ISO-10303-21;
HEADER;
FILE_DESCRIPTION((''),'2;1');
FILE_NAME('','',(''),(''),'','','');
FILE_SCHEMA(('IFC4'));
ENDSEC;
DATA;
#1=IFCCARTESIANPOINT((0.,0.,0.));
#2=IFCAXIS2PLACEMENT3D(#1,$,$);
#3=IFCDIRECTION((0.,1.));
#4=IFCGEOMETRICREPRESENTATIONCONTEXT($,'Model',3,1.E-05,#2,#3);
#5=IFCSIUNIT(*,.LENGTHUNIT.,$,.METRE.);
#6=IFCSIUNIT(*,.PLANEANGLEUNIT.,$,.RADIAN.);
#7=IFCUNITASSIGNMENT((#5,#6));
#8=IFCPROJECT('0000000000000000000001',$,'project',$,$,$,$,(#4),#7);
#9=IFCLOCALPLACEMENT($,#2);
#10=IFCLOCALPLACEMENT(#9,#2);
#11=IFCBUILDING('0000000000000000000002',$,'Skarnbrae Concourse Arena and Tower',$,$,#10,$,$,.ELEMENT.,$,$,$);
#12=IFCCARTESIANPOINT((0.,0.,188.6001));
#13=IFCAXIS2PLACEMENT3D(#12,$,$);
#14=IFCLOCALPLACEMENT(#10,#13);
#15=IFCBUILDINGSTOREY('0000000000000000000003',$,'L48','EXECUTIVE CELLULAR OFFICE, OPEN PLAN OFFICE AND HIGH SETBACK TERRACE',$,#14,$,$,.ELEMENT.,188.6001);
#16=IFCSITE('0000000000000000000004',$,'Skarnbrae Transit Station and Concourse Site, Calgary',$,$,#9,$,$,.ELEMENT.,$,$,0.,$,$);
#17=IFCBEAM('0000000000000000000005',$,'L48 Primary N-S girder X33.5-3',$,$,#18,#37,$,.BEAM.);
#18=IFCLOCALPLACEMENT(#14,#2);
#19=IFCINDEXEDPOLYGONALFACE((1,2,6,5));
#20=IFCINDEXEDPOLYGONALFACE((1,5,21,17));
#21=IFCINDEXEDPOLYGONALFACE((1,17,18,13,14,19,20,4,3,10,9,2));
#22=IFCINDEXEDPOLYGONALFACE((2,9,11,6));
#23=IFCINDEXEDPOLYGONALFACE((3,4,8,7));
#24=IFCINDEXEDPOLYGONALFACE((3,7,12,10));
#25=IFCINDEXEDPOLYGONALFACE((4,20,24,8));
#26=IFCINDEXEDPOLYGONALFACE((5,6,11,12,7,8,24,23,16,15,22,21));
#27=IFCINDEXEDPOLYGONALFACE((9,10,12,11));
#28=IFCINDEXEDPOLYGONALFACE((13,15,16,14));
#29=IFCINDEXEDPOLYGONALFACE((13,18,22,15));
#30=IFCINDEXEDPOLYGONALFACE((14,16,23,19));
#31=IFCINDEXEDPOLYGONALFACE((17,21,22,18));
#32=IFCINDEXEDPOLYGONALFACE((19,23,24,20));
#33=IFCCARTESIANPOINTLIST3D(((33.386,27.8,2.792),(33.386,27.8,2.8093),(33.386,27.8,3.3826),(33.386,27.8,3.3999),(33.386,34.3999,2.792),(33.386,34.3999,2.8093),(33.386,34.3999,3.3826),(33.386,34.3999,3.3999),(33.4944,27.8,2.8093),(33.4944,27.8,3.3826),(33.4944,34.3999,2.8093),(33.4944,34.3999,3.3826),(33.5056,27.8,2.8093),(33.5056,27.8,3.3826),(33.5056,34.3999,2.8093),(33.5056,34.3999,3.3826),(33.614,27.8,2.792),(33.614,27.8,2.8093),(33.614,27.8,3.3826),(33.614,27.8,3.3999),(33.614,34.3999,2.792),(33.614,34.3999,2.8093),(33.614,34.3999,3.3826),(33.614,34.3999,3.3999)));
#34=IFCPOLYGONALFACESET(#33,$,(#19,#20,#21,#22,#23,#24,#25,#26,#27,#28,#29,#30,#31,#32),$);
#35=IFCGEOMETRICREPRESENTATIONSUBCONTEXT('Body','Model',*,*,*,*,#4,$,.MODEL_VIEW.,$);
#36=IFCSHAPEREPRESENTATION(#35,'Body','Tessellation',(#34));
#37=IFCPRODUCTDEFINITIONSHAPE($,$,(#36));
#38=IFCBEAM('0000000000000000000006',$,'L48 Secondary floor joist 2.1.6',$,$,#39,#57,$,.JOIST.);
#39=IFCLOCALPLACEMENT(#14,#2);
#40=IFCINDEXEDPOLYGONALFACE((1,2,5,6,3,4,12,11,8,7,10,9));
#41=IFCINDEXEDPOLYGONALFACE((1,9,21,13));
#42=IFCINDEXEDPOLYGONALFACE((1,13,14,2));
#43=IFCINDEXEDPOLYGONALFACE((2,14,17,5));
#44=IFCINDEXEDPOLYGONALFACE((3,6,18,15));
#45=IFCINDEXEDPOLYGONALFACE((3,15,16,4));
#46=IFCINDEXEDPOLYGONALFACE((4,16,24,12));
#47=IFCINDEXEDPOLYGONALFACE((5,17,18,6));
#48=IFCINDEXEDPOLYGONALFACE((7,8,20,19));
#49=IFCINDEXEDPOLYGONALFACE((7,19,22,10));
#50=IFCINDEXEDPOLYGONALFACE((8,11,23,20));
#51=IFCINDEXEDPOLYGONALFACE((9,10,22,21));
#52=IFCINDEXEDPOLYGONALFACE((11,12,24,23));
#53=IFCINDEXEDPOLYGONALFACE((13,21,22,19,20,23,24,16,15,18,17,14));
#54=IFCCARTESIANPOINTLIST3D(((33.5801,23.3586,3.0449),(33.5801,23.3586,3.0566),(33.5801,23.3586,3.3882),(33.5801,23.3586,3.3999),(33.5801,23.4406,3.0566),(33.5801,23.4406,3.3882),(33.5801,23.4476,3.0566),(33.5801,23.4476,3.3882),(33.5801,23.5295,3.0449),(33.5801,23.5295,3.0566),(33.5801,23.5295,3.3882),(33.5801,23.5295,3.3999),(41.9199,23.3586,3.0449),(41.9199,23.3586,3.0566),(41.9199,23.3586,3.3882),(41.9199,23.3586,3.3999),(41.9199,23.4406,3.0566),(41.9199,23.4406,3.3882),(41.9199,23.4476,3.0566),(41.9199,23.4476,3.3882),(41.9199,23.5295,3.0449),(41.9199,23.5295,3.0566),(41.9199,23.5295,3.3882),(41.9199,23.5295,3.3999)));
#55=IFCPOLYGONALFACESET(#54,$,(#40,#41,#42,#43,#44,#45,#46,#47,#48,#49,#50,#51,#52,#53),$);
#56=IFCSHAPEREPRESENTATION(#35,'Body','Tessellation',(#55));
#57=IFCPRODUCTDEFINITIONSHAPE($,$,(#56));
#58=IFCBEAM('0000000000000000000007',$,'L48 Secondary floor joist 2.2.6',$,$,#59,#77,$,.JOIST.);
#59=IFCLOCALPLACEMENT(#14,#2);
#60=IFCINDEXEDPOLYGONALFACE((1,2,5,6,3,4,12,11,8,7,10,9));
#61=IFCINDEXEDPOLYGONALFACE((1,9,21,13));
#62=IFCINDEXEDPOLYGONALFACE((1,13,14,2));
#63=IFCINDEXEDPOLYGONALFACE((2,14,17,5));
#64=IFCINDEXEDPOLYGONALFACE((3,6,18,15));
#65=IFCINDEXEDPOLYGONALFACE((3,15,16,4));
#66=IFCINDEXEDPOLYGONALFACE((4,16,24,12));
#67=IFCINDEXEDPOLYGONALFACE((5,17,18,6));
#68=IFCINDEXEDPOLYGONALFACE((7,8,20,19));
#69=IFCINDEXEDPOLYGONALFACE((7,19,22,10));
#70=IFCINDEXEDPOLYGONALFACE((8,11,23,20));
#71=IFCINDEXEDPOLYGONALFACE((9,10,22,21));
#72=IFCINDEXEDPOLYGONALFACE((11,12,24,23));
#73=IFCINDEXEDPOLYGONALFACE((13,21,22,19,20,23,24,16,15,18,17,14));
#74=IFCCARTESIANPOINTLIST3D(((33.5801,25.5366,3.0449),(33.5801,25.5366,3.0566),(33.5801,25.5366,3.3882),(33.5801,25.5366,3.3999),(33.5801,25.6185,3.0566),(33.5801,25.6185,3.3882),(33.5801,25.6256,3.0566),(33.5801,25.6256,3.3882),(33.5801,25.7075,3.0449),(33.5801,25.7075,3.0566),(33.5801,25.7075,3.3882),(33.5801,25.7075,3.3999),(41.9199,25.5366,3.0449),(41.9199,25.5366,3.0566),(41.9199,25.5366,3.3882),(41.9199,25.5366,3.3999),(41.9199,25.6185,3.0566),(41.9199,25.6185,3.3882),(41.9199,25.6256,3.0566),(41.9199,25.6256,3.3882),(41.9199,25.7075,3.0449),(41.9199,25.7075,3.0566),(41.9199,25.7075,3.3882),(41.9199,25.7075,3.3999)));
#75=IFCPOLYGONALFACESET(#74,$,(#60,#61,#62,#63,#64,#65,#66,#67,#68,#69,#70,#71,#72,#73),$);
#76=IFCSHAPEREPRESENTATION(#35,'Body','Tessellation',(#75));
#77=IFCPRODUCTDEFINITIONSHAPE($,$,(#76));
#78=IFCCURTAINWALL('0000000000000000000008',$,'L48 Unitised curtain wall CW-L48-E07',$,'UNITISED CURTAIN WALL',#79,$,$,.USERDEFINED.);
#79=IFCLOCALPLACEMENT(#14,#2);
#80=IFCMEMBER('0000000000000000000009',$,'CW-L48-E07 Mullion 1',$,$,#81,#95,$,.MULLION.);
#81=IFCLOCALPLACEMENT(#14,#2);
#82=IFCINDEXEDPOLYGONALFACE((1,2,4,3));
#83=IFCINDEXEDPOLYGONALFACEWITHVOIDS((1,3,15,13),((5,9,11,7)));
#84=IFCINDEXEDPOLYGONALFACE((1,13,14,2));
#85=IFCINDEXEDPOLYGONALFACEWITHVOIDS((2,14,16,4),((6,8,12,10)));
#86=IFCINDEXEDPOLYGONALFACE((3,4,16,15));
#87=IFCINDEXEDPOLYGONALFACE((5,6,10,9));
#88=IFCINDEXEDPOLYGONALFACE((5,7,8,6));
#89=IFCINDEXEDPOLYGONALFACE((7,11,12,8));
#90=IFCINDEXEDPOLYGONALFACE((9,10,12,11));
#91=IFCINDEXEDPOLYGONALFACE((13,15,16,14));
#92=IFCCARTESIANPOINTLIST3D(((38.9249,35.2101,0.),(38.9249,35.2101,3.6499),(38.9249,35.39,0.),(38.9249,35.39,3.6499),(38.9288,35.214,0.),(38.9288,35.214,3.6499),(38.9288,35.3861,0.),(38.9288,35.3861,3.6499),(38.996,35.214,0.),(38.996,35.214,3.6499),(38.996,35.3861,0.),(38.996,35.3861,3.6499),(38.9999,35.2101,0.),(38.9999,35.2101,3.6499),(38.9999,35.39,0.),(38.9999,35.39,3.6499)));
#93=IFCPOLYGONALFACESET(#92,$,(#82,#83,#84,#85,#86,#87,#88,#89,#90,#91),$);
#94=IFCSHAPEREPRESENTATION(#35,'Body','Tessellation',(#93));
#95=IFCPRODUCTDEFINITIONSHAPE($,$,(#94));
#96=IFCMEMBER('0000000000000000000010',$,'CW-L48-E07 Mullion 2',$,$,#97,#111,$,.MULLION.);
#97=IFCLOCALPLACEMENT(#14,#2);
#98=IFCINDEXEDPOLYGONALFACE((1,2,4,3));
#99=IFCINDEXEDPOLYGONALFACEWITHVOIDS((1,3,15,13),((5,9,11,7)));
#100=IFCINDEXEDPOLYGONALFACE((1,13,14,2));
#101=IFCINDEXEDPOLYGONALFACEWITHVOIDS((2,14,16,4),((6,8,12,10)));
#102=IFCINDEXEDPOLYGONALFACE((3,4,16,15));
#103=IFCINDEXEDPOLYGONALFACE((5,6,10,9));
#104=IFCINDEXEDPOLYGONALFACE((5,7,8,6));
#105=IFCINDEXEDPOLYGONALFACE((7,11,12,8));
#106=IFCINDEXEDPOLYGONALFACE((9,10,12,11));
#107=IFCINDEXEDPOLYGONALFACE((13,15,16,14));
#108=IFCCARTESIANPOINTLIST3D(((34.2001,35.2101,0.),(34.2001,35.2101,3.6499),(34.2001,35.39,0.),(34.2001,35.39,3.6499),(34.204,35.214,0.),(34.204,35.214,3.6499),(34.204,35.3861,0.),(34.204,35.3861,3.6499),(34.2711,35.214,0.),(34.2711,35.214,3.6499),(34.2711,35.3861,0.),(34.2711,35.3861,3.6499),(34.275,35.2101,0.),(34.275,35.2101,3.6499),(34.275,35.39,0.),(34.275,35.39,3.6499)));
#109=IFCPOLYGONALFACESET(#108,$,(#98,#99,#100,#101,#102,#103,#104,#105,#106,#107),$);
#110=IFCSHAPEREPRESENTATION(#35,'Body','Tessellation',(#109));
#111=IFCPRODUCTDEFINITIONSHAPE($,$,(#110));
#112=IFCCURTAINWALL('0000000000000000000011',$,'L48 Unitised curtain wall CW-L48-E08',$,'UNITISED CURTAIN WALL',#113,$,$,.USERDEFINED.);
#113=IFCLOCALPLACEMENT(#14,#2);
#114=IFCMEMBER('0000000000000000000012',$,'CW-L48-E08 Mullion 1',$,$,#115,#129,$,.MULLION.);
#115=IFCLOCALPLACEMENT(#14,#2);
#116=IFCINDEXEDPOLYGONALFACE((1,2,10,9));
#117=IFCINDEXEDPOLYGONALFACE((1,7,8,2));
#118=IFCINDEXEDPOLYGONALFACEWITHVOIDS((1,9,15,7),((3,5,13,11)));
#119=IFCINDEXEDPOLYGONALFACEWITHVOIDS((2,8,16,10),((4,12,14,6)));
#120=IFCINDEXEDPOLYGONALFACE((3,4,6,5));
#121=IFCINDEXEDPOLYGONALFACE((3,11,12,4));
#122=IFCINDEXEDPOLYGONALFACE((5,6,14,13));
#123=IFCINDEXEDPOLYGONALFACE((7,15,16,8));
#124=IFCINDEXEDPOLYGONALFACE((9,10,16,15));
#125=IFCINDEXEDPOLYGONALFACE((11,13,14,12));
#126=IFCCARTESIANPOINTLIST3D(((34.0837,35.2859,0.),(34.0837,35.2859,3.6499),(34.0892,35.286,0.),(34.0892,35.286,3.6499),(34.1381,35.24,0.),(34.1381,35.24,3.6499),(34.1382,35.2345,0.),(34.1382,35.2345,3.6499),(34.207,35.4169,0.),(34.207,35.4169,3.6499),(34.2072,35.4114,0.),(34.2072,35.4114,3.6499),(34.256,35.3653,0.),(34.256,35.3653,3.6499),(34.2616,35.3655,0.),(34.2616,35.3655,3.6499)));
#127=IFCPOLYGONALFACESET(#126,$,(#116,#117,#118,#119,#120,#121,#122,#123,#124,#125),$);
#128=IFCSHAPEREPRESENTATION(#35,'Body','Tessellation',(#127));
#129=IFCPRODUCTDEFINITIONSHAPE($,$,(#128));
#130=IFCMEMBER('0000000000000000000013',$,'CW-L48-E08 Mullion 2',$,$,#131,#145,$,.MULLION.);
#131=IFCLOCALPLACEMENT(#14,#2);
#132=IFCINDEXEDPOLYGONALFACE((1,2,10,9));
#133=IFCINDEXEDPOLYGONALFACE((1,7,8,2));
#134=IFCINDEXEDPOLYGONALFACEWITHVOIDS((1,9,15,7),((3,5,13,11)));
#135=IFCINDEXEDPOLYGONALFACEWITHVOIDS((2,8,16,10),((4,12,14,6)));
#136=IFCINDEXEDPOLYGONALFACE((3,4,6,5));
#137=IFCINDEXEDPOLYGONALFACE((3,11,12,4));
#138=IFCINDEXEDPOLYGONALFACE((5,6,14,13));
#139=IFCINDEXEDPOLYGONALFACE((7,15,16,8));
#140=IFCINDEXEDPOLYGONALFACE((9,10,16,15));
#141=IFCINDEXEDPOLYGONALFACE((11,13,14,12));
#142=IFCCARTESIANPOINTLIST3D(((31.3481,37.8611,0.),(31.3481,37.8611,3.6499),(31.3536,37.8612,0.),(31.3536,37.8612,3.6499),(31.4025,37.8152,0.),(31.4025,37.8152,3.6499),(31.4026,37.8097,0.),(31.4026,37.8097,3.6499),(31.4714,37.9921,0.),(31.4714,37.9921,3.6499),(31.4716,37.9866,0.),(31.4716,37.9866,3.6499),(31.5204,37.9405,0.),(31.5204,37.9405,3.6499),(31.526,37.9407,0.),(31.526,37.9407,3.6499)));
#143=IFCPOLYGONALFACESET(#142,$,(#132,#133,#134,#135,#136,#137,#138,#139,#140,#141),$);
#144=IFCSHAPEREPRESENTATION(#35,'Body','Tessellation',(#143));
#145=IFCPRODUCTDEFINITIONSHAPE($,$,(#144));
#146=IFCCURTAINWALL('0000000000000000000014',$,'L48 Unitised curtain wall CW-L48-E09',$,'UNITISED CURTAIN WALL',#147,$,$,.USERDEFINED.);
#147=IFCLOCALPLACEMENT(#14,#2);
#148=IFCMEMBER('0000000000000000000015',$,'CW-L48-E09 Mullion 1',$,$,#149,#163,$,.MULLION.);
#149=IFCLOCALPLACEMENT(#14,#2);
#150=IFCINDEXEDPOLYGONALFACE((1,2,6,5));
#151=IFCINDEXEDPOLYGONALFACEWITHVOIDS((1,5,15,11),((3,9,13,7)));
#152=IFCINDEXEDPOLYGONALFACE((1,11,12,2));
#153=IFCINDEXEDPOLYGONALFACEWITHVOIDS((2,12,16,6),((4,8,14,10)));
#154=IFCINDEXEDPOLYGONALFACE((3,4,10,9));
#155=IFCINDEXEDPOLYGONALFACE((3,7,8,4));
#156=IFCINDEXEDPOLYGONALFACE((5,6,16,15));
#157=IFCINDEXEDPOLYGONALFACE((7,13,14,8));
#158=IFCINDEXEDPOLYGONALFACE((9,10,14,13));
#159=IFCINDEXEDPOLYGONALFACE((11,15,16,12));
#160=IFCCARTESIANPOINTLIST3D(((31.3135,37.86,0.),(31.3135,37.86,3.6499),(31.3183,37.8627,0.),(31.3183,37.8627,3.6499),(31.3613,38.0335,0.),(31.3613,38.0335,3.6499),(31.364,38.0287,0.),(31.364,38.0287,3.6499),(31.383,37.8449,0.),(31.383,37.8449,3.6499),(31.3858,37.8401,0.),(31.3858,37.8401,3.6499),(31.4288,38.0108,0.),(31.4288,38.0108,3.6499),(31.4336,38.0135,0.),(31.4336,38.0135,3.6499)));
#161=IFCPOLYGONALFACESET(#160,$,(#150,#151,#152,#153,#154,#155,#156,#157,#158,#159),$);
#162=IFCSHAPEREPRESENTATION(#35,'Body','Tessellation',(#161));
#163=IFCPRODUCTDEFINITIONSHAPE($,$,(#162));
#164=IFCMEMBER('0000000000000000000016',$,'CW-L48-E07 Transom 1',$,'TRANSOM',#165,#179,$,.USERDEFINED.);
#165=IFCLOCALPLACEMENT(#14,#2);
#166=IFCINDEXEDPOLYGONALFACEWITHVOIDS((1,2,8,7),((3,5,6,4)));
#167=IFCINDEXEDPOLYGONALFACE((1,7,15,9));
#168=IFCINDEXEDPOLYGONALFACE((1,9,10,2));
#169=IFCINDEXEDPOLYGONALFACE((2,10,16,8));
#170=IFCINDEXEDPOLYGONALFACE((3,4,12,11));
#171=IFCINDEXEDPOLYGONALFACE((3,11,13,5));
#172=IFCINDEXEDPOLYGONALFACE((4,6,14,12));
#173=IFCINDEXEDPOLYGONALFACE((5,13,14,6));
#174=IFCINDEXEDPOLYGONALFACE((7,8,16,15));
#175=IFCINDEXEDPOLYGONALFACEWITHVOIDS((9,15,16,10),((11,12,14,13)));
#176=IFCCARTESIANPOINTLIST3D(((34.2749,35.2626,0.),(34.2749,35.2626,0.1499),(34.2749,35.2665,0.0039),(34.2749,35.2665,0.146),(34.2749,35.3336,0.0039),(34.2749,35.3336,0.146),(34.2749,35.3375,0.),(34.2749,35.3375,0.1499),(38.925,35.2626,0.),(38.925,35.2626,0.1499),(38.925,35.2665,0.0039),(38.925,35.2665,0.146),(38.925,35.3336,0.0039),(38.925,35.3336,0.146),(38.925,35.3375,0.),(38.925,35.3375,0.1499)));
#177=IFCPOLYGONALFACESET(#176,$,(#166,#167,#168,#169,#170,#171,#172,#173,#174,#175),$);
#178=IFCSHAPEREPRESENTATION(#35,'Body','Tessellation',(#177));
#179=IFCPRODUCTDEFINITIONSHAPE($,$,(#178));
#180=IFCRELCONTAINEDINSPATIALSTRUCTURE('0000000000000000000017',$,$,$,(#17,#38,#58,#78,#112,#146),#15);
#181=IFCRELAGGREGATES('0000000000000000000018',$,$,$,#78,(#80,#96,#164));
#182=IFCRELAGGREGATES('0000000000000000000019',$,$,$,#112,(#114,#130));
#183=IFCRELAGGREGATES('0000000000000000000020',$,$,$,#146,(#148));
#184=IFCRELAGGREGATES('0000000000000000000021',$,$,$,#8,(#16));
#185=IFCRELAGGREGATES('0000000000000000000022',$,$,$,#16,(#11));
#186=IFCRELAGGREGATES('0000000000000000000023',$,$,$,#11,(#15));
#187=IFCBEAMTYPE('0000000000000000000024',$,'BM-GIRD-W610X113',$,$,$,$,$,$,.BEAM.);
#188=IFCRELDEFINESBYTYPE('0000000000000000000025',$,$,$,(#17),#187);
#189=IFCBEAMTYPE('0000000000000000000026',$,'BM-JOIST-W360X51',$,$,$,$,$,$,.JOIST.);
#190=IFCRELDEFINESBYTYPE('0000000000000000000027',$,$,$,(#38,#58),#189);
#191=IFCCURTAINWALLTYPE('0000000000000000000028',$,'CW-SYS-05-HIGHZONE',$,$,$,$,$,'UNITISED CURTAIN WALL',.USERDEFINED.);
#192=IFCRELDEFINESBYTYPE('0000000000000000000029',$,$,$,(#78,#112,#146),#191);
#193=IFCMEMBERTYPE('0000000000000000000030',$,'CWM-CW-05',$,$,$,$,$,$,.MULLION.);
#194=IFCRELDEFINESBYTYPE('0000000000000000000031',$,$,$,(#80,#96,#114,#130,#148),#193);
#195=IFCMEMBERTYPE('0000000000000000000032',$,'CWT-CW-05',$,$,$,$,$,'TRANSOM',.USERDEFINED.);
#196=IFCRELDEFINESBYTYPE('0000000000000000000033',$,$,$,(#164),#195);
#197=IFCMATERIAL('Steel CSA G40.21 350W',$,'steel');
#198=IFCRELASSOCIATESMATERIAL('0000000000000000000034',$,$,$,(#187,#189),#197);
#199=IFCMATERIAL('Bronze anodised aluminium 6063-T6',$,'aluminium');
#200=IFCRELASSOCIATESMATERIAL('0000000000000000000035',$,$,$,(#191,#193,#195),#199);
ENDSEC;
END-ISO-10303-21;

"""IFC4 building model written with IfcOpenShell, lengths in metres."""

from ifc_helpers import new_model, si_unit, direction, frame, origin, origin_2d, place, context, subcontext, project, spatial, hollow_rectangle, i_section, extrude, source, transform, mapped, material, material_profile, profile_set, type_object, element, aggregate, save


model = new_model("IFC4")

# Units and contexts
model_context = context("Model", 3, precision=1e-05, world=origin(), true_north=direction((0.0, 1.0)))
body_context = subcontext(model_context, "Body", "Model", "MODEL_VIEW")
ifc_project = project(units=[si_unit("LENGTHUNIT", "METRE"), si_unit("PLANEANGLEUNIT", "RADIAN")], contexts=[model_context])

# Site, building, storey
site_placement = place(None, origin())
site = spatial("IfcSite", under=ifc_project, at=site_placement, Name="Skarnbrae Transit Station and Concourse Site, Calgary", CompositionType="ELEMENT", RefElevation=0.0)
building_placement = place(site_placement, origin())
building = spatial("IfcBuilding", under=site, at=building_placement, Name="Skarnbrae Concourse Arena and Tower", CompositionType="ELEMENT")
storey_placement = place(building_placement, frame((0.0, 0.0, 188.6001)))
storey = spatial("IfcBuildingStorey", under=building, at=storey_placement, Name="L48", Description="EXECUTIVE CELLULAR OFFICE, OPEN PLAN OFFICE AND HIGH SETBACK TERRACE", CompositionType="ELEMENT", Elevation=188.6001)

# Shared definitions
ifc_material_1 = material(Name="Steel CSA G40.21 350W", Category="steel")

# Beams
ifc_material_profile_1 = material_profile(ifc_material_1, i_section(OverallWidth=0.228, OverallDepth=0.6079, WebThickness=0.0112, FlangeThickness=0.0173, at=origin_2d()), Name="W610X113")
ifc_profile_set_1 = profile_set([ifc_material_profile_1], Name="Steel CSA G40.21 350W")
beam_type_1 = type_object("IfcBeamType", Name="BM-GIRD-W610X113", PredefinedType="BEAM", material=ifc_profile_set_1)
shared_shape_1 = source(origin(), body_context, "Body", "SweptSolid", [
    extrude(i_section(OverallWidth=0.228, OverallDepth=0.6079, WebThickness=0.0112, FlangeThickness=0.0173, at=origin_2d()), origin(), (0.0, 0.0, 1.0), 6.5999),
])
beam_1_placement = place(storey_placement, frame((33.5, 27.8, 3.0959), z_axis=(0.0, 1.0, 0.0), x_axis=(-1.0, 0.0, 0.0)))
element("IfcBeam", 1, at=beam_1_placement, inside=storey, type_object=beam_type_1, Name="L48 Primary N-S girder X33.5-3", PredefinedType="BEAM", context=body_context, shape_type="MappedRepresentation", body=[
    mapped(shared_shape_1, transform((0.0, 0.0, 0.0))),
])
ifc_material_profile_2 = material_profile(ifc_material_1, i_section(OverallWidth=0.1709, OverallDepth=0.355, WebThickness=0.0071, FlangeThickness=0.0117, at=origin_2d()), Name="W360X51")
ifc_profile_set_2 = profile_set([ifc_material_profile_2], Name="Steel CSA G40.21 350W")
beam_type_2 = type_object("IfcBeamType", Name="BM-JOIST-W360X51", PredefinedType="JOIST", material=ifc_profile_set_2)
shared_shape_2 = source(origin(), body_context, "Body", "SweptSolid", [
    extrude(i_section(OverallWidth=0.1709, OverallDepth=0.355, WebThickness=0.0071, FlangeThickness=0.0117, at=origin_2d()), origin(), (0.0, 0.0, 1.0), 8.3398),
])
for number, where, z_axis, x_axis, name in (
    (2, (33.5801, 23.4441, 3.2224), (1.0, 0.0, 0.0), (0.0, 1.0, 0.0), "L48 Secondary floor joist 2.1.6"),
    (3, (33.5801, 25.6221, 3.2224), (1.0, 0.0, 0.0), (0.0, 1.0, 0.0), "L48 Secondary floor joist 2.2.6"),
):
    element("IfcBeam", number, at=place(storey_placement, frame(where, z_axis=z_axis, x_axis=x_axis)), inside=storey, type_object=beam_type_2, Name=name, PredefinedType="JOIST", context=body_context, shape_type="MappedRepresentation", body=[
        mapped(shared_shape_2, transform((0.0, 0.0, 0.0))),
    ])

# Curtain walls, members
ifc_material_2 = material(Name="Bronze anodised aluminium 6063-T6", Category="aluminium")
curtain_wall_type = type_object("IfcCurtainWallType", Name="CW-SYS-05-HIGHZONE", ElementType="UNITISED CURTAIN WALL", PredefinedType="USERDEFINED", material=ifc_material_2)
curtain_wall_1_placement = place(storey_placement, origin())
curtain_wall_1 = element("IfcCurtainWall", 4, at=curtain_wall_1_placement, inside=storey, type_object=curtain_wall_type, Name="L48 Unitised curtain wall CW-L48-E07", ObjectType="UNITISED CURTAIN WALL", PredefinedType="USERDEFINED")
ifc_material_profile_3 = material_profile(ifc_material_2, hollow_rectangle(XDim=0.075, YDim=0.1799, WallThickness=0.0039, at=origin_2d()), Name="ALU-MULL-75X180")
ifc_profile_set_3 = profile_set([ifc_material_profile_3], Name="Bronze anodised aluminium 6063-T6")
member_type_1 = type_object("IfcMemberType", Name="CWM-CW-05", PredefinedType="MULLION", material=ifc_profile_set_3)
shared_shape_3 = source(origin(), body_context, "Body", "SweptSolid", [
    extrude(hollow_rectangle(XDim=0.075, YDim=0.1799, WallThickness=0.0039, at=origin_2d()), origin(), (0.0, 0.0, 1.0), 3.6499),
])
member_1_placement = place(storey_placement, frame((38.9624, 35.3, 0.0), z_axis=(0.0, 0.0, 1.0), x_axis=(-1.0, 0.0, 0.0)))
member_1 = element("IfcMember", 5, at=member_1_placement, type_object=member_type_1, Name="CW-L48-E07 Mullion 1", PredefinedType="MULLION", context=body_context, shape_type="MappedRepresentation", body=[
    mapped(shared_shape_3, transform((0.0, 0.0, 0.0))),
])
member_2_placement = place(storey_placement, frame((34.2375, 35.3, 0.0), z_axis=(0.0, 0.0, 1.0), x_axis=(-1.0, 0.0, 0.0)))
member_2 = element("IfcMember", 6, at=member_2_placement, type_object=member_type_1, Name="CW-L48-E07 Mullion 2", PredefinedType="MULLION", context=body_context, shape_type="MappedRepresentation", body=[
    mapped(shared_shape_3, transform((0.0, 0.0, 0.0))),
])
curtain_wall_2_placement = place(storey_placement, origin())
curtain_wall_2 = element("IfcCurtainWall", 7, at=curtain_wall_2_placement, inside=storey, type_object=curtain_wall_type, Name="L48 Unitised curtain wall CW-L48-E08", ObjectType="UNITISED CURTAIN WALL", PredefinedType="USERDEFINED")
member_3_placement = place(storey_placement, frame((34.1726, 35.3257, 0.0), z_axis=(0.0, 0.0, 1.0), x_axis=(-0.728131, 0.685438, 0.0)))
member_3 = element("IfcMember", 8, at=member_3_placement, type_object=member_type_1, Name="CW-L48-E08 Mullion 1", PredefinedType="MULLION", context=body_context, shape_type="MappedRepresentation", body=[
    mapped(shared_shape_3, transform((0.0, 0.0, 0.0))),
])
member_4_placement = place(storey_placement, frame((31.437, 37.9009, 0.0), z_axis=(0.0, 0.0, 1.0), x_axis=(-0.728131, 0.685438, 0.0)))
member_4 = element("IfcMember", 9, at=member_4_placement, type_object=member_type_1, Name="CW-L48-E08 Mullion 2", PredefinedType="MULLION", context=body_context, shape_type="MappedRepresentation", body=[
    mapped(shared_shape_3, transform((0.0, 0.0, 0.0))),
])

# Curtain wall, member
curtain_wall_3_placement = place(storey_placement, origin())
curtain_wall_3 = element("IfcCurtainWall", 10, at=curtain_wall_3_placement, inside=storey, type_object=curtain_wall_type, Name="L48 Unitised curtain wall CW-L48-E09", ObjectType="UNITISED CURTAIN WALL", PredefinedType="USERDEFINED")
member_5_placement = place(storey_placement, frame((31.3735, 37.9368, 0.0), z_axis=(0.0, 0.0, 1.0), x_axis=(-0.964057, 0.265694, 0.0)))
member_5 = element("IfcMember", 11, at=member_5_placement, type_object=member_type_1, Name="CW-L48-E09 Mullion 1", PredefinedType="MULLION", context=body_context, shape_type="MappedRepresentation", body=[
    mapped(shared_shape_3, transform((0.0, 0.0, 0.0))),
])

# Member
ifc_material_profile_4 = material_profile(ifc_material_2, hollow_rectangle(XDim=0.075, YDim=0.1499, WallThickness=0.0039, at=origin_2d()), Name="ALU-TRAN-75X150")
ifc_profile_set_4 = profile_set([ifc_material_profile_4], Name="Bronze anodised aluminium 6063-T6")
member_type_2 = type_object("IfcMemberType", Name="CWT-CW-05", ElementType="TRANSOM", PredefinedType="USERDEFINED", material=ifc_profile_set_4)
shared_shape_4 = source(origin(), body_context, "Body", "SweptSolid", [
    extrude(hollow_rectangle(XDim=0.075, YDim=0.1499, WallThickness=0.0039, at=origin_2d()), origin(), (0.0, 0.0, 1.0), 4.6501),
])
member_6_placement = place(storey_placement, frame((38.925, 35.3, 0.075), z_axis=(-1.0, 0.0, 0.0), x_axis=(0.0, -1.0, 0.0)))
member_6 = element("IfcMember", 12, at=member_6_placement, type_object=member_type_2, Name="CW-L48-E07 Transom 1", ObjectType="TRANSOM", PredefinedType="USERDEFINED", context=body_context, shape_type="MappedRepresentation", body=[
    mapped(shared_shape_4, transform((0.0, 0.0, 0.0))),
])

aggregate(curtain_wall_1, [member_1, member_2, member_6])
aggregate(curtain_wall_2, [member_3, member_4])
aggregate(curtain_wall_3, [member_5])

save(model, "model.ifc")
